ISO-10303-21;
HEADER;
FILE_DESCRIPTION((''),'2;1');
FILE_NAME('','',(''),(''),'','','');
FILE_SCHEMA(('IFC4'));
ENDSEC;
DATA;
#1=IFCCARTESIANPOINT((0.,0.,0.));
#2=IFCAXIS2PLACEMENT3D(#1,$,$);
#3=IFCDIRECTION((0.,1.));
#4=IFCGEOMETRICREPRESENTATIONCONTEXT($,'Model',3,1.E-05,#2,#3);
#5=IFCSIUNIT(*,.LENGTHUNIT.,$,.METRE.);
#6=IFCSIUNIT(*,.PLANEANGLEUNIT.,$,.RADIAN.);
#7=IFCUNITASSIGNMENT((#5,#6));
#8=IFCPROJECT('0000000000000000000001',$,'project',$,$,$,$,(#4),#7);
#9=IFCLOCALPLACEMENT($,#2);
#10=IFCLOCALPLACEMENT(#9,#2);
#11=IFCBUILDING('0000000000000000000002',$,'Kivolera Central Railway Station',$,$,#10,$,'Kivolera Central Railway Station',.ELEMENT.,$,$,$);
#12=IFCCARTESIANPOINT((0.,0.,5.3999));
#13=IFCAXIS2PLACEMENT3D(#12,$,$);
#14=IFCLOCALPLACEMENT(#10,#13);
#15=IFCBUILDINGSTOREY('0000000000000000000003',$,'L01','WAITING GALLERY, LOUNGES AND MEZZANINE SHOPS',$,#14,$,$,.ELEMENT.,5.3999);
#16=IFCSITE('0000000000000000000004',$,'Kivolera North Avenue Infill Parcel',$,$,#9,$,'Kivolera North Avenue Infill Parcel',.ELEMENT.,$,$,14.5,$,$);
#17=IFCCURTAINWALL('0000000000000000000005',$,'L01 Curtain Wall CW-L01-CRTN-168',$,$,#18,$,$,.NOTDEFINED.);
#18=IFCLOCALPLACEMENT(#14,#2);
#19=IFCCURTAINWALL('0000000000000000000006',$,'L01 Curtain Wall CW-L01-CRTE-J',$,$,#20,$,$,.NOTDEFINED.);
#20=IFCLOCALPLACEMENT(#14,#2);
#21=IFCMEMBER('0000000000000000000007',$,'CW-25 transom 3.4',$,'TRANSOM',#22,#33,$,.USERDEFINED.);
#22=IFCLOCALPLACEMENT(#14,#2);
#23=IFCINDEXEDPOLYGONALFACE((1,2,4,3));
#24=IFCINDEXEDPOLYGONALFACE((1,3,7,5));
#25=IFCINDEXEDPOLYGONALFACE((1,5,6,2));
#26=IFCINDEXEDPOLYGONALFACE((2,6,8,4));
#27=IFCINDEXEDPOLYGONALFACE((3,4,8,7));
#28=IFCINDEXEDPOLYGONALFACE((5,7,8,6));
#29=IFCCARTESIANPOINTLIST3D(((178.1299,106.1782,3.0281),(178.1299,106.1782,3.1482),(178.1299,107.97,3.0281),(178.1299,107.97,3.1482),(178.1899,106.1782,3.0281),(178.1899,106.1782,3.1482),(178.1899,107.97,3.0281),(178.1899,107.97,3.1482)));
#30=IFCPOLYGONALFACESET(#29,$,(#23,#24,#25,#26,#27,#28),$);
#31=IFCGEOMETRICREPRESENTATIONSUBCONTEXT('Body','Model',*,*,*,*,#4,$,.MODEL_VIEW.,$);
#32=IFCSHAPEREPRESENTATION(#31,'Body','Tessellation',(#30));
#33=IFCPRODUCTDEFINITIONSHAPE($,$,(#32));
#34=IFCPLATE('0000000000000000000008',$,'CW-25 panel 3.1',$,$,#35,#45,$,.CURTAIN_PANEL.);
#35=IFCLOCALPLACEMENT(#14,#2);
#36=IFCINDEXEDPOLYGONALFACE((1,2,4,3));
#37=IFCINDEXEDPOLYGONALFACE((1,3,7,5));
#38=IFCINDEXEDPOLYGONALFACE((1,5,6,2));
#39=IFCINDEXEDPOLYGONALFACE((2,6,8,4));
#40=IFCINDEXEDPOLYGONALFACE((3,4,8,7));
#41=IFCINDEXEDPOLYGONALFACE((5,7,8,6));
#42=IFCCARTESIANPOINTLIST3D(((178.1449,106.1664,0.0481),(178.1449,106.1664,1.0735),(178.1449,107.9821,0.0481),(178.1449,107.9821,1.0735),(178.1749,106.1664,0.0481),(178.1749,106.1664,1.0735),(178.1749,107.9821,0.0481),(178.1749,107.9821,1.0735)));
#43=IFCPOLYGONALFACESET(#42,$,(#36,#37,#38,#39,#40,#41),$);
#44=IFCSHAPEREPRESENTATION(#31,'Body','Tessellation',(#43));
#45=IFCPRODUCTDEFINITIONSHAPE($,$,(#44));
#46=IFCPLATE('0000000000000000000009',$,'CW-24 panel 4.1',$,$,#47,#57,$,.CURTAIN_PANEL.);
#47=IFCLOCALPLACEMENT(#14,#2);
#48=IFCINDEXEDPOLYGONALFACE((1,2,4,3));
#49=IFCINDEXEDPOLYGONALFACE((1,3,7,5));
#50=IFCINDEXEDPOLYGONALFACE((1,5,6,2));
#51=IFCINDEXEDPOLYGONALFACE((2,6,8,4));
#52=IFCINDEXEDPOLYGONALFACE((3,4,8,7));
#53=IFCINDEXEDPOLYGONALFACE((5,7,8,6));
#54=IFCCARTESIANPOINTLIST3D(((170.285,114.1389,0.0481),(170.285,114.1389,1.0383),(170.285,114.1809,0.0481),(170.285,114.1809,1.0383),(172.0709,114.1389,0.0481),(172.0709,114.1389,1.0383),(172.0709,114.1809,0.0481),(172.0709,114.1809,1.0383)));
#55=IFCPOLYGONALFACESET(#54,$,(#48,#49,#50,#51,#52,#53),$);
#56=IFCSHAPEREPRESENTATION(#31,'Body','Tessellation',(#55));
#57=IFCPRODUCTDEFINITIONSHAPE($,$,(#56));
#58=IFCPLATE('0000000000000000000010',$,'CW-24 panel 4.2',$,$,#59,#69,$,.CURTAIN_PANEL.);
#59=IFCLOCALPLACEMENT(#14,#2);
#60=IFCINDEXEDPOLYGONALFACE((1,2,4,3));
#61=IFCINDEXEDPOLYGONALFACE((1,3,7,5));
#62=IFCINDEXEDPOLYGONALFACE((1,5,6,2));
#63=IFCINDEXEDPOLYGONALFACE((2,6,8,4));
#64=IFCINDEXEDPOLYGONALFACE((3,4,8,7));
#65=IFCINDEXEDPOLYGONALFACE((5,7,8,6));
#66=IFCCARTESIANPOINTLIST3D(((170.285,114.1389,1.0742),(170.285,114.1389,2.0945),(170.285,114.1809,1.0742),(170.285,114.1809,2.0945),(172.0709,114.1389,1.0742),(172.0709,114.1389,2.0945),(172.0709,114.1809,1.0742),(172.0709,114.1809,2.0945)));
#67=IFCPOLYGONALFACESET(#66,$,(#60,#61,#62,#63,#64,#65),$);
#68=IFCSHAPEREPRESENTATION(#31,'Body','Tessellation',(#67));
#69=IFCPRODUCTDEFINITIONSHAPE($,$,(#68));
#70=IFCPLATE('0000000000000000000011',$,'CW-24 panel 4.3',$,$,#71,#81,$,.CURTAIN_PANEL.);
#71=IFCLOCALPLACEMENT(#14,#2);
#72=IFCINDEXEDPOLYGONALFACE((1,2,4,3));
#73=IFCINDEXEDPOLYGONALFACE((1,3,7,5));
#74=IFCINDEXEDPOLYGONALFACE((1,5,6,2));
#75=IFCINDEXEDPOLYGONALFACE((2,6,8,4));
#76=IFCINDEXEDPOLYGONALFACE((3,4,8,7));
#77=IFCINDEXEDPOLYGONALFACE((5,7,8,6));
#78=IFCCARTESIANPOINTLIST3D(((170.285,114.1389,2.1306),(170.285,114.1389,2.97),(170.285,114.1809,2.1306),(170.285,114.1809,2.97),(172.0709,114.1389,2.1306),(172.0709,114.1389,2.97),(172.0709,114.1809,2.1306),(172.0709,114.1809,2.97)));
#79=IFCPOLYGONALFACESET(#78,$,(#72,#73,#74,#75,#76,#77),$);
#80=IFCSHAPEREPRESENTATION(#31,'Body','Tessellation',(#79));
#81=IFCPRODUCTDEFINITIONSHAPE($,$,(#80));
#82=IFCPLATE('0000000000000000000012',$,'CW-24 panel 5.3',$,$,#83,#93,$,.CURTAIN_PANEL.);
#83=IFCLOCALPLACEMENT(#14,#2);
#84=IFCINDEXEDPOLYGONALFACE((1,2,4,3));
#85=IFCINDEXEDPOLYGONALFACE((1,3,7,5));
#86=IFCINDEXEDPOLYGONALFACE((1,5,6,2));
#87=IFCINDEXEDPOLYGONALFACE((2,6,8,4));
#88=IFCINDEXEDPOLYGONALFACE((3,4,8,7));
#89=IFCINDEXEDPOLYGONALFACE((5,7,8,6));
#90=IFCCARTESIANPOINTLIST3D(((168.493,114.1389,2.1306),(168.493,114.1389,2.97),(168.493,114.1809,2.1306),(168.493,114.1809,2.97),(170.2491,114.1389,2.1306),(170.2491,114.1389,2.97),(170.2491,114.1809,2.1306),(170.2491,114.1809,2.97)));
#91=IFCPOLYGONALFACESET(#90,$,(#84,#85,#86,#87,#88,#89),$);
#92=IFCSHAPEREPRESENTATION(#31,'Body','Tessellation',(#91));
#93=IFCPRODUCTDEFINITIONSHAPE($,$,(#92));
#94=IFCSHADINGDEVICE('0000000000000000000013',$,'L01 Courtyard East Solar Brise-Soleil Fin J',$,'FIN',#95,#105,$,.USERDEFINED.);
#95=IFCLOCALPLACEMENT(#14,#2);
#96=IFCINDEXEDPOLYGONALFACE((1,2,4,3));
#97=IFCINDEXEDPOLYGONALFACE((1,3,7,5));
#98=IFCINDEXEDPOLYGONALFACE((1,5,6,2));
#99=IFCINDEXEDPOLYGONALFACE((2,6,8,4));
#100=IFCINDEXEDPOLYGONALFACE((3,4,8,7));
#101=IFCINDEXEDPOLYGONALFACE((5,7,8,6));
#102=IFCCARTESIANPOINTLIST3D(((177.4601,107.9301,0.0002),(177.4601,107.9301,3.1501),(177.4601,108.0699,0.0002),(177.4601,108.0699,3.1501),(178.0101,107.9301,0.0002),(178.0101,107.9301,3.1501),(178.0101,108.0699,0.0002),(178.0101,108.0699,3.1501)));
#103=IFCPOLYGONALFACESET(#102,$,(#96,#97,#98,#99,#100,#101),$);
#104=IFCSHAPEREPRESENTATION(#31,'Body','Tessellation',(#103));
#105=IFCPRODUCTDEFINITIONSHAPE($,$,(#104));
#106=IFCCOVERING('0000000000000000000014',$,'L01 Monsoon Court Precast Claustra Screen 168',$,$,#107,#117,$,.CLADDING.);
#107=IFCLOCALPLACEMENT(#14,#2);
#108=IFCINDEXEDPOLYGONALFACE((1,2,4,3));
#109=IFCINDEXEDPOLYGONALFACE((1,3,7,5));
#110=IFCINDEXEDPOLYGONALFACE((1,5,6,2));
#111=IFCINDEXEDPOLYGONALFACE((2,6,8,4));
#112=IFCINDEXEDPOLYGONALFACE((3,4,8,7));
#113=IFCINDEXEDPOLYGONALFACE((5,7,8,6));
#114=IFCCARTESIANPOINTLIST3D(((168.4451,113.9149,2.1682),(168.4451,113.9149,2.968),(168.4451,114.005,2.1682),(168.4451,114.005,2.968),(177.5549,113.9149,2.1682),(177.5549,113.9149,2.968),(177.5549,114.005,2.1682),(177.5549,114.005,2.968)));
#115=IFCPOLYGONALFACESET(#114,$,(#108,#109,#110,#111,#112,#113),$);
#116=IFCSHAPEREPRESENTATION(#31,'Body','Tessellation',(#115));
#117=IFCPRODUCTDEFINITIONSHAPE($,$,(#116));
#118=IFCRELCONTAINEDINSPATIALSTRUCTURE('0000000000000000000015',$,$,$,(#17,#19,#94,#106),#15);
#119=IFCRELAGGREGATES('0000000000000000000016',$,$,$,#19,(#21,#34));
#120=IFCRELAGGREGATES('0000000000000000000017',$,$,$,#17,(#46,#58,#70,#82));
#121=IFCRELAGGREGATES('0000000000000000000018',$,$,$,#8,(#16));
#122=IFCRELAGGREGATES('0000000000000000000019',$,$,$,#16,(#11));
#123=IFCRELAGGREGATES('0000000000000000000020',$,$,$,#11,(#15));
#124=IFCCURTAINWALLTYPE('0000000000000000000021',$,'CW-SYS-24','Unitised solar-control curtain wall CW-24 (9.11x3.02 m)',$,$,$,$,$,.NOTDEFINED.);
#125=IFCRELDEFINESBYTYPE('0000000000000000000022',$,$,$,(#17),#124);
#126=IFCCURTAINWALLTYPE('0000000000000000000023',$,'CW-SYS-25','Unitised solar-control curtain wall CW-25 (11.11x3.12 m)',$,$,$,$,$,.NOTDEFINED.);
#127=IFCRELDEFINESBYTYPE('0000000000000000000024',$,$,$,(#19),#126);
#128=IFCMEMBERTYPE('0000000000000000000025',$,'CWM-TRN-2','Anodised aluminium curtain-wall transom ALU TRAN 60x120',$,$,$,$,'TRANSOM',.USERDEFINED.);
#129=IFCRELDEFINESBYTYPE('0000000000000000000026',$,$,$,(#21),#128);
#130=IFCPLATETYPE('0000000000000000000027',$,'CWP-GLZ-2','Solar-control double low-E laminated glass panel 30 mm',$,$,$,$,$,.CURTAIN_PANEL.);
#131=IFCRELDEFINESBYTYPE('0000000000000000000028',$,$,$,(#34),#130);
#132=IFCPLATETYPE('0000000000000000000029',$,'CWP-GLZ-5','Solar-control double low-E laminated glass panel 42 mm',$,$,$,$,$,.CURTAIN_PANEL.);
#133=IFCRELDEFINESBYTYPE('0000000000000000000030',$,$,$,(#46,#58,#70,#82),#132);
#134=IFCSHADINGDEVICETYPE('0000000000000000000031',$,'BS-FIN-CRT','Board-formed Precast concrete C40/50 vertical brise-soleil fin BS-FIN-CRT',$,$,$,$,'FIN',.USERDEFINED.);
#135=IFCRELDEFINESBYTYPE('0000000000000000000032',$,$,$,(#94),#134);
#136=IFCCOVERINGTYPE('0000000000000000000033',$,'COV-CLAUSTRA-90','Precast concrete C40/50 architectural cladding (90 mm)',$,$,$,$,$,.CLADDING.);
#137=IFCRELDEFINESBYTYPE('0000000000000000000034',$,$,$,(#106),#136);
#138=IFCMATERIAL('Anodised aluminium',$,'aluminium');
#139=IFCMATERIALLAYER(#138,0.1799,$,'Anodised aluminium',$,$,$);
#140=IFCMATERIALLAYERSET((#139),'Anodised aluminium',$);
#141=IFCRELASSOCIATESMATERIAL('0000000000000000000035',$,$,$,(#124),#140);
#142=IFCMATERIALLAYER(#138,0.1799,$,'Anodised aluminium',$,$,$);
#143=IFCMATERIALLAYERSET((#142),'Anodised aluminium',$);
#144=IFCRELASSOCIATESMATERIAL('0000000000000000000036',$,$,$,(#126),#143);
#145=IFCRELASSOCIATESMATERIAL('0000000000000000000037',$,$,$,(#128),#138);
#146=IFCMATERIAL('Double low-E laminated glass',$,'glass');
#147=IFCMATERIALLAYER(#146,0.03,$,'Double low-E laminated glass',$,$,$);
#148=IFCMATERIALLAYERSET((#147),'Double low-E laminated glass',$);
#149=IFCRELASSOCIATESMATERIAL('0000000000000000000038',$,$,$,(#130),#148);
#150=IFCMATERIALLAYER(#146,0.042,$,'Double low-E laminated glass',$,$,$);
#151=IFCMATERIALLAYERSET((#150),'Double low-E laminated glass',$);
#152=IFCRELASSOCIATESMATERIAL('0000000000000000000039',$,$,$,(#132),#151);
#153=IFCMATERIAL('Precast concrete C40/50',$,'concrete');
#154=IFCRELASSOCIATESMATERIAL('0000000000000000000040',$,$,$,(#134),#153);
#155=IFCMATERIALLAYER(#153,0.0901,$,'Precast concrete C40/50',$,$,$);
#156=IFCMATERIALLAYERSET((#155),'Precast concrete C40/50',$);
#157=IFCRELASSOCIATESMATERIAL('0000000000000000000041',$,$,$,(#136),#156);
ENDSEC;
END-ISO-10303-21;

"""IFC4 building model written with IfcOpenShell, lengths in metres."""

from ifc_helpers import new_model, si_unit, direction, frame, frame_2d, origin, origin_2d, place, context, subcontext, project, spatial, rectangle, extrude, material, layer, layer_set, material_profile, profile_set, type_object, element, aggregate, save


model = new_model("IFC4")

# Units and contexts
model_context = context("Model", 3, precision=1e-05, world=origin(), true_north=direction((0.0, 1.0)))
body_context = subcontext(model_context, "Body", "Model", "MODEL_VIEW")
ifc_project = project(units=[si_unit("LENGTHUNIT", "METRE"), si_unit("PLANEANGLEUNIT", "RADIAN")], contexts=[model_context])

# Site, building, storey
site_placement = place(None, origin())
site = spatial("IfcSite", under=ifc_project, at=site_placement, Name="Kivolera North Avenue Infill Parcel", LongName="Kivolera North Avenue Infill Parcel", CompositionType="ELEMENT", RefElevation=14.5)
building_placement = place(site_placement, origin())
building = spatial("IfcBuilding", under=site, at=building_placement, Name="Kivolera Central Railway Station", LongName="Kivolera Central Railway Station", CompositionType="ELEMENT")
storey_placement = place(building_placement, frame((0.0, 0.0, 5.3999)))
storey = spatial("IfcBuildingStorey", under=building, at=storey_placement, Name="L01", Description="WAITING GALLERY, LOUNGES AND MEZZANINE SHOPS", CompositionType="ELEMENT", Elevation=5.3999)

# Curtain walls
ifc_material_1 = material(Name="Anodised aluminium", Category="aluminium")
ifc_layer_1 = layer(ifc_material_1, 0.1799, Name="Anodised aluminium")
ifc_layer_set_1 = layer_set([ifc_layer_1], Name="Anodised aluminium")
curtain_wall_type_1 = type_object("IfcCurtainWallType", Name="CW-SYS-24", Description="Unitised solar-control curtain wall CW-24 (9.11x3.02 m)", PredefinedType="NOTDEFINED", material=ifc_layer_set_1)
curtain_wall_1_placement = place(storey_placement, origin())
curtain_wall_1 = element("IfcCurtainWall", 1, at=curtain_wall_1_placement, inside=storey, type_object=curtain_wall_type_1, Name="L01 Curtain Wall CW-L01-CRTN-168", PredefinedType="NOTDEFINED")
ifc_layer_2 = layer(ifc_material_1, 0.1799, Name="Anodised aluminium")
ifc_layer_set_2 = layer_set([ifc_layer_2], Name="Anodised aluminium")
curtain_wall_type_2 = type_object("IfcCurtainWallType", Name="CW-SYS-25", Description="Unitised solar-control curtain wall CW-25 (11.11x3.12 m)", PredefinedType="NOTDEFINED", material=ifc_layer_set_2)
curtain_wall_2_placement = place(storey_placement, origin())
curtain_wall_2 = element("IfcCurtainWall", 2, at=curtain_wall_2_placement, inside=storey, type_object=curtain_wall_type_2, Name="L01 Curtain Wall CW-L01-CRTE-J", PredefinedType="NOTDEFINED")

# Member
ifc_material_profile_1 = material_profile(ifc_material_1, rectangle(XDim=0.0601, YDim=0.1201, at=origin_2d()), Name="ALU TRAN 60x120")
ifc_profile_set_1 = profile_set([ifc_material_profile_1], Name="Anodised aluminium")
member_type_1 = type_object("IfcMemberType", Name="CWM-TRN-2", Description="Anodised aluminium curtain-wall transom ALU TRAN 60x120", ElementType="TRANSOM", PredefinedType="USERDEFINED", material=ifc_profile_set_1)
member_1_placement = place(storey_placement, frame((178.1599, 106.1782, 3.0881), z_axis=(0.0, 1.0, 0.0), x_axis=(-1.0, 0.0, 0.0)))
member_1 = element("IfcMember", 3, at=member_1_placement, type_object=member_type_1, Name="CW-25 transom 3.4", ObjectType="TRANSOM", PredefinedType="USERDEFINED", context=body_context, shape_type="SweptSolid", body=[
    extrude(rectangle(XDim=0.0601, YDim=0.1201, at=origin_2d()), origin(), (0.0, 0.0, 1.0), 1.7917),
])

# Plates
ifc_material_2 = material(Name="Double low-E laminated glass", Category="glass")
ifc_layer_3 = layer(ifc_material_2, 0.03, Name="Double low-E laminated glass")
ifc_layer_set_3 = layer_set([ifc_layer_3], Name="Double low-E laminated glass")
plate_type_1 = type_object("IfcPlateType", Name="CWP-GLZ-2", Description="Solar-control double low-E laminated glass panel 30 mm", PredefinedType="CURTAIN_PANEL", material=ifc_layer_set_3)
plate_1_placement = place(storey_placement, frame((178.1599, 107.0742, 0.0481), z_axis=(0.0, 0.0, 1.0), x_axis=(0.0, 1.0, 0.0)))
plate_1 = element("IfcPlate", 4, at=plate_1_placement, type_object=plate_type_1, Name="CW-25 panel 3.1", PredefinedType="CURTAIN_PANEL", context=body_context, shape_type="SweptSolid", body=[
    extrude(rectangle(XDim=1.8157, YDim=0.03, at=origin_2d()), origin(), (0.0, 0.0, 1.0), 1.0254),
])
aggregate(curtain_wall_2, [member_1, plate_1])
ifc_layer_4 = layer(ifc_material_2, 0.042, Name="Double low-E laminated glass")
ifc_layer_set_4 = layer_set([ifc_layer_4], Name="Double low-E laminated glass")
plate_type_2 = type_object("IfcPlateType", Name="CWP-GLZ-5", Description="Solar-control double low-E laminated glass panel 42 mm", PredefinedType="CURTAIN_PANEL", material=ifc_layer_set_4)
plate_2_placement = place(storey_placement, frame((171.178, 114.1599, 0.0481), z_axis=(0.0, 0.0, 1.0), x_axis=(-1.0, 0.0, 0.0)))
plate_2 = element("IfcPlate", 5, at=plate_2_placement, type_object=plate_type_2, Name="CW-24 panel 4.1", PredefinedType="CURTAIN_PANEL", context=body_context, shape_type="SweptSolid", body=[
    extrude(rectangle(XDim=1.7859, YDim=0.042, at=origin_2d()), origin(), (0.0, 0.0, 1.0), 0.9902),
])
plate_3_placement = place(storey_placement, frame((171.178, 114.1599, 1.0742), z_axis=(0.0, 0.0, 1.0), x_axis=(-1.0, 0.0, 0.0)))
plate_3 = element("IfcPlate", 6, at=plate_3_placement, type_object=plate_type_2, Name="CW-24 panel 4.2", PredefinedType="CURTAIN_PANEL", context=body_context, shape_type="SweptSolid", body=[
    extrude(rectangle(XDim=1.7859, YDim=0.042, at=origin_2d()), origin(), (0.0, 0.0, 1.0), 1.0203),
])
plate_4_placement = place(storey_placement, frame((171.178, 114.1599, 2.1306), z_axis=(0.0, 0.0, 1.0), x_axis=(-1.0, 0.0, 0.0)))
plate_4 = element("IfcPlate", 7, at=plate_4_placement, type_object=plate_type_2, Name="CW-24 panel 4.3", PredefinedType="CURTAIN_PANEL", context=body_context, shape_type="SweptSolid", body=[
    extrude(rectangle(XDim=1.7859, YDim=0.042, at=origin_2d()), origin(), (0.0, 0.0, 1.0), 0.8394),
])
plate_5_placement = place(storey_placement, frame((169.3711, 114.1599, 2.1306), z_axis=(0.0, 0.0, 1.0), x_axis=(-1.0, 0.0, 0.0)))
plate_5 = element("IfcPlate", 8, at=plate_5_placement, type_object=plate_type_2, Name="CW-24 panel 5.3", PredefinedType="CURTAIN_PANEL", context=body_context, shape_type="SweptSolid", body=[
    extrude(rectangle(XDim=1.7561, YDim=0.042, at=origin_2d()), origin(), (0.0, 0.0, 1.0), 0.8394),
])
aggregate(curtain_wall_1, [plate_2, plate_3, plate_4, plate_5])

# Shading device
ifc_material_3 = material(Name="Precast concrete C40/50", Category="concrete")
shading_device_type = type_object("IfcShadingDeviceType", Name="BS-FIN-CRT", Description="Board-formed Precast concrete C40/50 vertical brise-soleil fin BS-FIN-CRT", ElementType="FIN", PredefinedType="USERDEFINED", material=ifc_material_3)
shading_device_placement = place(storey_placement, frame((177.7351, 108.0, 0.0002), z_axis=(0.0, 0.0, 1.0), x_axis=(1.0, 0.0, 0.0)))
element("IfcShadingDevice", 9, at=shading_device_placement, inside=storey, type_object=shading_device_type, Name="L01 Courtyard East Solar Brise-Soleil Fin J", ObjectType="FIN", PredefinedType="USERDEFINED", context=body_context, shape_type="SweptSolid", body=[
    extrude(rectangle(XDim=0.55, YDim=0.1399, at=origin_2d()), origin(), (0.0, 0.0, 1.0), 3.1499),
])

# Covering
ifc_layer_5 = layer(ifc_material_3, 0.0901, Name="Precast concrete C40/50")
ifc_layer_set_5 = layer_set([ifc_layer_5], Name="Precast concrete C40/50")
covering_type = type_object("IfcCoveringType", Name="COV-CLAUSTRA-90", Description="Precast concrete C40/50 architectural cladding (90 mm)", PredefinedType="CLADDING", material=ifc_layer_set_5)
covering_placement = place(storey_placement, frame((177.5549, 113.96, 2.1682), z_axis=(0.0, 0.0, 1.0), x_axis=(-1.0, 0.0, 0.0)))
element("IfcCovering", 10, at=covering_placement, inside=storey, type_object=covering_type, Name="L01 Monsoon Court Precast Claustra Screen 168", PredefinedType="CLADDING", context=body_context, shape_type="SweptSolid", body=[
    extrude(rectangle(XDim=9.1099, YDim=0.0901, at=frame_2d((4.5549, 0.0))), origin(), (0.0, 0.0, 1.0), 0.7998),
])

save(model, "model.ifc")
